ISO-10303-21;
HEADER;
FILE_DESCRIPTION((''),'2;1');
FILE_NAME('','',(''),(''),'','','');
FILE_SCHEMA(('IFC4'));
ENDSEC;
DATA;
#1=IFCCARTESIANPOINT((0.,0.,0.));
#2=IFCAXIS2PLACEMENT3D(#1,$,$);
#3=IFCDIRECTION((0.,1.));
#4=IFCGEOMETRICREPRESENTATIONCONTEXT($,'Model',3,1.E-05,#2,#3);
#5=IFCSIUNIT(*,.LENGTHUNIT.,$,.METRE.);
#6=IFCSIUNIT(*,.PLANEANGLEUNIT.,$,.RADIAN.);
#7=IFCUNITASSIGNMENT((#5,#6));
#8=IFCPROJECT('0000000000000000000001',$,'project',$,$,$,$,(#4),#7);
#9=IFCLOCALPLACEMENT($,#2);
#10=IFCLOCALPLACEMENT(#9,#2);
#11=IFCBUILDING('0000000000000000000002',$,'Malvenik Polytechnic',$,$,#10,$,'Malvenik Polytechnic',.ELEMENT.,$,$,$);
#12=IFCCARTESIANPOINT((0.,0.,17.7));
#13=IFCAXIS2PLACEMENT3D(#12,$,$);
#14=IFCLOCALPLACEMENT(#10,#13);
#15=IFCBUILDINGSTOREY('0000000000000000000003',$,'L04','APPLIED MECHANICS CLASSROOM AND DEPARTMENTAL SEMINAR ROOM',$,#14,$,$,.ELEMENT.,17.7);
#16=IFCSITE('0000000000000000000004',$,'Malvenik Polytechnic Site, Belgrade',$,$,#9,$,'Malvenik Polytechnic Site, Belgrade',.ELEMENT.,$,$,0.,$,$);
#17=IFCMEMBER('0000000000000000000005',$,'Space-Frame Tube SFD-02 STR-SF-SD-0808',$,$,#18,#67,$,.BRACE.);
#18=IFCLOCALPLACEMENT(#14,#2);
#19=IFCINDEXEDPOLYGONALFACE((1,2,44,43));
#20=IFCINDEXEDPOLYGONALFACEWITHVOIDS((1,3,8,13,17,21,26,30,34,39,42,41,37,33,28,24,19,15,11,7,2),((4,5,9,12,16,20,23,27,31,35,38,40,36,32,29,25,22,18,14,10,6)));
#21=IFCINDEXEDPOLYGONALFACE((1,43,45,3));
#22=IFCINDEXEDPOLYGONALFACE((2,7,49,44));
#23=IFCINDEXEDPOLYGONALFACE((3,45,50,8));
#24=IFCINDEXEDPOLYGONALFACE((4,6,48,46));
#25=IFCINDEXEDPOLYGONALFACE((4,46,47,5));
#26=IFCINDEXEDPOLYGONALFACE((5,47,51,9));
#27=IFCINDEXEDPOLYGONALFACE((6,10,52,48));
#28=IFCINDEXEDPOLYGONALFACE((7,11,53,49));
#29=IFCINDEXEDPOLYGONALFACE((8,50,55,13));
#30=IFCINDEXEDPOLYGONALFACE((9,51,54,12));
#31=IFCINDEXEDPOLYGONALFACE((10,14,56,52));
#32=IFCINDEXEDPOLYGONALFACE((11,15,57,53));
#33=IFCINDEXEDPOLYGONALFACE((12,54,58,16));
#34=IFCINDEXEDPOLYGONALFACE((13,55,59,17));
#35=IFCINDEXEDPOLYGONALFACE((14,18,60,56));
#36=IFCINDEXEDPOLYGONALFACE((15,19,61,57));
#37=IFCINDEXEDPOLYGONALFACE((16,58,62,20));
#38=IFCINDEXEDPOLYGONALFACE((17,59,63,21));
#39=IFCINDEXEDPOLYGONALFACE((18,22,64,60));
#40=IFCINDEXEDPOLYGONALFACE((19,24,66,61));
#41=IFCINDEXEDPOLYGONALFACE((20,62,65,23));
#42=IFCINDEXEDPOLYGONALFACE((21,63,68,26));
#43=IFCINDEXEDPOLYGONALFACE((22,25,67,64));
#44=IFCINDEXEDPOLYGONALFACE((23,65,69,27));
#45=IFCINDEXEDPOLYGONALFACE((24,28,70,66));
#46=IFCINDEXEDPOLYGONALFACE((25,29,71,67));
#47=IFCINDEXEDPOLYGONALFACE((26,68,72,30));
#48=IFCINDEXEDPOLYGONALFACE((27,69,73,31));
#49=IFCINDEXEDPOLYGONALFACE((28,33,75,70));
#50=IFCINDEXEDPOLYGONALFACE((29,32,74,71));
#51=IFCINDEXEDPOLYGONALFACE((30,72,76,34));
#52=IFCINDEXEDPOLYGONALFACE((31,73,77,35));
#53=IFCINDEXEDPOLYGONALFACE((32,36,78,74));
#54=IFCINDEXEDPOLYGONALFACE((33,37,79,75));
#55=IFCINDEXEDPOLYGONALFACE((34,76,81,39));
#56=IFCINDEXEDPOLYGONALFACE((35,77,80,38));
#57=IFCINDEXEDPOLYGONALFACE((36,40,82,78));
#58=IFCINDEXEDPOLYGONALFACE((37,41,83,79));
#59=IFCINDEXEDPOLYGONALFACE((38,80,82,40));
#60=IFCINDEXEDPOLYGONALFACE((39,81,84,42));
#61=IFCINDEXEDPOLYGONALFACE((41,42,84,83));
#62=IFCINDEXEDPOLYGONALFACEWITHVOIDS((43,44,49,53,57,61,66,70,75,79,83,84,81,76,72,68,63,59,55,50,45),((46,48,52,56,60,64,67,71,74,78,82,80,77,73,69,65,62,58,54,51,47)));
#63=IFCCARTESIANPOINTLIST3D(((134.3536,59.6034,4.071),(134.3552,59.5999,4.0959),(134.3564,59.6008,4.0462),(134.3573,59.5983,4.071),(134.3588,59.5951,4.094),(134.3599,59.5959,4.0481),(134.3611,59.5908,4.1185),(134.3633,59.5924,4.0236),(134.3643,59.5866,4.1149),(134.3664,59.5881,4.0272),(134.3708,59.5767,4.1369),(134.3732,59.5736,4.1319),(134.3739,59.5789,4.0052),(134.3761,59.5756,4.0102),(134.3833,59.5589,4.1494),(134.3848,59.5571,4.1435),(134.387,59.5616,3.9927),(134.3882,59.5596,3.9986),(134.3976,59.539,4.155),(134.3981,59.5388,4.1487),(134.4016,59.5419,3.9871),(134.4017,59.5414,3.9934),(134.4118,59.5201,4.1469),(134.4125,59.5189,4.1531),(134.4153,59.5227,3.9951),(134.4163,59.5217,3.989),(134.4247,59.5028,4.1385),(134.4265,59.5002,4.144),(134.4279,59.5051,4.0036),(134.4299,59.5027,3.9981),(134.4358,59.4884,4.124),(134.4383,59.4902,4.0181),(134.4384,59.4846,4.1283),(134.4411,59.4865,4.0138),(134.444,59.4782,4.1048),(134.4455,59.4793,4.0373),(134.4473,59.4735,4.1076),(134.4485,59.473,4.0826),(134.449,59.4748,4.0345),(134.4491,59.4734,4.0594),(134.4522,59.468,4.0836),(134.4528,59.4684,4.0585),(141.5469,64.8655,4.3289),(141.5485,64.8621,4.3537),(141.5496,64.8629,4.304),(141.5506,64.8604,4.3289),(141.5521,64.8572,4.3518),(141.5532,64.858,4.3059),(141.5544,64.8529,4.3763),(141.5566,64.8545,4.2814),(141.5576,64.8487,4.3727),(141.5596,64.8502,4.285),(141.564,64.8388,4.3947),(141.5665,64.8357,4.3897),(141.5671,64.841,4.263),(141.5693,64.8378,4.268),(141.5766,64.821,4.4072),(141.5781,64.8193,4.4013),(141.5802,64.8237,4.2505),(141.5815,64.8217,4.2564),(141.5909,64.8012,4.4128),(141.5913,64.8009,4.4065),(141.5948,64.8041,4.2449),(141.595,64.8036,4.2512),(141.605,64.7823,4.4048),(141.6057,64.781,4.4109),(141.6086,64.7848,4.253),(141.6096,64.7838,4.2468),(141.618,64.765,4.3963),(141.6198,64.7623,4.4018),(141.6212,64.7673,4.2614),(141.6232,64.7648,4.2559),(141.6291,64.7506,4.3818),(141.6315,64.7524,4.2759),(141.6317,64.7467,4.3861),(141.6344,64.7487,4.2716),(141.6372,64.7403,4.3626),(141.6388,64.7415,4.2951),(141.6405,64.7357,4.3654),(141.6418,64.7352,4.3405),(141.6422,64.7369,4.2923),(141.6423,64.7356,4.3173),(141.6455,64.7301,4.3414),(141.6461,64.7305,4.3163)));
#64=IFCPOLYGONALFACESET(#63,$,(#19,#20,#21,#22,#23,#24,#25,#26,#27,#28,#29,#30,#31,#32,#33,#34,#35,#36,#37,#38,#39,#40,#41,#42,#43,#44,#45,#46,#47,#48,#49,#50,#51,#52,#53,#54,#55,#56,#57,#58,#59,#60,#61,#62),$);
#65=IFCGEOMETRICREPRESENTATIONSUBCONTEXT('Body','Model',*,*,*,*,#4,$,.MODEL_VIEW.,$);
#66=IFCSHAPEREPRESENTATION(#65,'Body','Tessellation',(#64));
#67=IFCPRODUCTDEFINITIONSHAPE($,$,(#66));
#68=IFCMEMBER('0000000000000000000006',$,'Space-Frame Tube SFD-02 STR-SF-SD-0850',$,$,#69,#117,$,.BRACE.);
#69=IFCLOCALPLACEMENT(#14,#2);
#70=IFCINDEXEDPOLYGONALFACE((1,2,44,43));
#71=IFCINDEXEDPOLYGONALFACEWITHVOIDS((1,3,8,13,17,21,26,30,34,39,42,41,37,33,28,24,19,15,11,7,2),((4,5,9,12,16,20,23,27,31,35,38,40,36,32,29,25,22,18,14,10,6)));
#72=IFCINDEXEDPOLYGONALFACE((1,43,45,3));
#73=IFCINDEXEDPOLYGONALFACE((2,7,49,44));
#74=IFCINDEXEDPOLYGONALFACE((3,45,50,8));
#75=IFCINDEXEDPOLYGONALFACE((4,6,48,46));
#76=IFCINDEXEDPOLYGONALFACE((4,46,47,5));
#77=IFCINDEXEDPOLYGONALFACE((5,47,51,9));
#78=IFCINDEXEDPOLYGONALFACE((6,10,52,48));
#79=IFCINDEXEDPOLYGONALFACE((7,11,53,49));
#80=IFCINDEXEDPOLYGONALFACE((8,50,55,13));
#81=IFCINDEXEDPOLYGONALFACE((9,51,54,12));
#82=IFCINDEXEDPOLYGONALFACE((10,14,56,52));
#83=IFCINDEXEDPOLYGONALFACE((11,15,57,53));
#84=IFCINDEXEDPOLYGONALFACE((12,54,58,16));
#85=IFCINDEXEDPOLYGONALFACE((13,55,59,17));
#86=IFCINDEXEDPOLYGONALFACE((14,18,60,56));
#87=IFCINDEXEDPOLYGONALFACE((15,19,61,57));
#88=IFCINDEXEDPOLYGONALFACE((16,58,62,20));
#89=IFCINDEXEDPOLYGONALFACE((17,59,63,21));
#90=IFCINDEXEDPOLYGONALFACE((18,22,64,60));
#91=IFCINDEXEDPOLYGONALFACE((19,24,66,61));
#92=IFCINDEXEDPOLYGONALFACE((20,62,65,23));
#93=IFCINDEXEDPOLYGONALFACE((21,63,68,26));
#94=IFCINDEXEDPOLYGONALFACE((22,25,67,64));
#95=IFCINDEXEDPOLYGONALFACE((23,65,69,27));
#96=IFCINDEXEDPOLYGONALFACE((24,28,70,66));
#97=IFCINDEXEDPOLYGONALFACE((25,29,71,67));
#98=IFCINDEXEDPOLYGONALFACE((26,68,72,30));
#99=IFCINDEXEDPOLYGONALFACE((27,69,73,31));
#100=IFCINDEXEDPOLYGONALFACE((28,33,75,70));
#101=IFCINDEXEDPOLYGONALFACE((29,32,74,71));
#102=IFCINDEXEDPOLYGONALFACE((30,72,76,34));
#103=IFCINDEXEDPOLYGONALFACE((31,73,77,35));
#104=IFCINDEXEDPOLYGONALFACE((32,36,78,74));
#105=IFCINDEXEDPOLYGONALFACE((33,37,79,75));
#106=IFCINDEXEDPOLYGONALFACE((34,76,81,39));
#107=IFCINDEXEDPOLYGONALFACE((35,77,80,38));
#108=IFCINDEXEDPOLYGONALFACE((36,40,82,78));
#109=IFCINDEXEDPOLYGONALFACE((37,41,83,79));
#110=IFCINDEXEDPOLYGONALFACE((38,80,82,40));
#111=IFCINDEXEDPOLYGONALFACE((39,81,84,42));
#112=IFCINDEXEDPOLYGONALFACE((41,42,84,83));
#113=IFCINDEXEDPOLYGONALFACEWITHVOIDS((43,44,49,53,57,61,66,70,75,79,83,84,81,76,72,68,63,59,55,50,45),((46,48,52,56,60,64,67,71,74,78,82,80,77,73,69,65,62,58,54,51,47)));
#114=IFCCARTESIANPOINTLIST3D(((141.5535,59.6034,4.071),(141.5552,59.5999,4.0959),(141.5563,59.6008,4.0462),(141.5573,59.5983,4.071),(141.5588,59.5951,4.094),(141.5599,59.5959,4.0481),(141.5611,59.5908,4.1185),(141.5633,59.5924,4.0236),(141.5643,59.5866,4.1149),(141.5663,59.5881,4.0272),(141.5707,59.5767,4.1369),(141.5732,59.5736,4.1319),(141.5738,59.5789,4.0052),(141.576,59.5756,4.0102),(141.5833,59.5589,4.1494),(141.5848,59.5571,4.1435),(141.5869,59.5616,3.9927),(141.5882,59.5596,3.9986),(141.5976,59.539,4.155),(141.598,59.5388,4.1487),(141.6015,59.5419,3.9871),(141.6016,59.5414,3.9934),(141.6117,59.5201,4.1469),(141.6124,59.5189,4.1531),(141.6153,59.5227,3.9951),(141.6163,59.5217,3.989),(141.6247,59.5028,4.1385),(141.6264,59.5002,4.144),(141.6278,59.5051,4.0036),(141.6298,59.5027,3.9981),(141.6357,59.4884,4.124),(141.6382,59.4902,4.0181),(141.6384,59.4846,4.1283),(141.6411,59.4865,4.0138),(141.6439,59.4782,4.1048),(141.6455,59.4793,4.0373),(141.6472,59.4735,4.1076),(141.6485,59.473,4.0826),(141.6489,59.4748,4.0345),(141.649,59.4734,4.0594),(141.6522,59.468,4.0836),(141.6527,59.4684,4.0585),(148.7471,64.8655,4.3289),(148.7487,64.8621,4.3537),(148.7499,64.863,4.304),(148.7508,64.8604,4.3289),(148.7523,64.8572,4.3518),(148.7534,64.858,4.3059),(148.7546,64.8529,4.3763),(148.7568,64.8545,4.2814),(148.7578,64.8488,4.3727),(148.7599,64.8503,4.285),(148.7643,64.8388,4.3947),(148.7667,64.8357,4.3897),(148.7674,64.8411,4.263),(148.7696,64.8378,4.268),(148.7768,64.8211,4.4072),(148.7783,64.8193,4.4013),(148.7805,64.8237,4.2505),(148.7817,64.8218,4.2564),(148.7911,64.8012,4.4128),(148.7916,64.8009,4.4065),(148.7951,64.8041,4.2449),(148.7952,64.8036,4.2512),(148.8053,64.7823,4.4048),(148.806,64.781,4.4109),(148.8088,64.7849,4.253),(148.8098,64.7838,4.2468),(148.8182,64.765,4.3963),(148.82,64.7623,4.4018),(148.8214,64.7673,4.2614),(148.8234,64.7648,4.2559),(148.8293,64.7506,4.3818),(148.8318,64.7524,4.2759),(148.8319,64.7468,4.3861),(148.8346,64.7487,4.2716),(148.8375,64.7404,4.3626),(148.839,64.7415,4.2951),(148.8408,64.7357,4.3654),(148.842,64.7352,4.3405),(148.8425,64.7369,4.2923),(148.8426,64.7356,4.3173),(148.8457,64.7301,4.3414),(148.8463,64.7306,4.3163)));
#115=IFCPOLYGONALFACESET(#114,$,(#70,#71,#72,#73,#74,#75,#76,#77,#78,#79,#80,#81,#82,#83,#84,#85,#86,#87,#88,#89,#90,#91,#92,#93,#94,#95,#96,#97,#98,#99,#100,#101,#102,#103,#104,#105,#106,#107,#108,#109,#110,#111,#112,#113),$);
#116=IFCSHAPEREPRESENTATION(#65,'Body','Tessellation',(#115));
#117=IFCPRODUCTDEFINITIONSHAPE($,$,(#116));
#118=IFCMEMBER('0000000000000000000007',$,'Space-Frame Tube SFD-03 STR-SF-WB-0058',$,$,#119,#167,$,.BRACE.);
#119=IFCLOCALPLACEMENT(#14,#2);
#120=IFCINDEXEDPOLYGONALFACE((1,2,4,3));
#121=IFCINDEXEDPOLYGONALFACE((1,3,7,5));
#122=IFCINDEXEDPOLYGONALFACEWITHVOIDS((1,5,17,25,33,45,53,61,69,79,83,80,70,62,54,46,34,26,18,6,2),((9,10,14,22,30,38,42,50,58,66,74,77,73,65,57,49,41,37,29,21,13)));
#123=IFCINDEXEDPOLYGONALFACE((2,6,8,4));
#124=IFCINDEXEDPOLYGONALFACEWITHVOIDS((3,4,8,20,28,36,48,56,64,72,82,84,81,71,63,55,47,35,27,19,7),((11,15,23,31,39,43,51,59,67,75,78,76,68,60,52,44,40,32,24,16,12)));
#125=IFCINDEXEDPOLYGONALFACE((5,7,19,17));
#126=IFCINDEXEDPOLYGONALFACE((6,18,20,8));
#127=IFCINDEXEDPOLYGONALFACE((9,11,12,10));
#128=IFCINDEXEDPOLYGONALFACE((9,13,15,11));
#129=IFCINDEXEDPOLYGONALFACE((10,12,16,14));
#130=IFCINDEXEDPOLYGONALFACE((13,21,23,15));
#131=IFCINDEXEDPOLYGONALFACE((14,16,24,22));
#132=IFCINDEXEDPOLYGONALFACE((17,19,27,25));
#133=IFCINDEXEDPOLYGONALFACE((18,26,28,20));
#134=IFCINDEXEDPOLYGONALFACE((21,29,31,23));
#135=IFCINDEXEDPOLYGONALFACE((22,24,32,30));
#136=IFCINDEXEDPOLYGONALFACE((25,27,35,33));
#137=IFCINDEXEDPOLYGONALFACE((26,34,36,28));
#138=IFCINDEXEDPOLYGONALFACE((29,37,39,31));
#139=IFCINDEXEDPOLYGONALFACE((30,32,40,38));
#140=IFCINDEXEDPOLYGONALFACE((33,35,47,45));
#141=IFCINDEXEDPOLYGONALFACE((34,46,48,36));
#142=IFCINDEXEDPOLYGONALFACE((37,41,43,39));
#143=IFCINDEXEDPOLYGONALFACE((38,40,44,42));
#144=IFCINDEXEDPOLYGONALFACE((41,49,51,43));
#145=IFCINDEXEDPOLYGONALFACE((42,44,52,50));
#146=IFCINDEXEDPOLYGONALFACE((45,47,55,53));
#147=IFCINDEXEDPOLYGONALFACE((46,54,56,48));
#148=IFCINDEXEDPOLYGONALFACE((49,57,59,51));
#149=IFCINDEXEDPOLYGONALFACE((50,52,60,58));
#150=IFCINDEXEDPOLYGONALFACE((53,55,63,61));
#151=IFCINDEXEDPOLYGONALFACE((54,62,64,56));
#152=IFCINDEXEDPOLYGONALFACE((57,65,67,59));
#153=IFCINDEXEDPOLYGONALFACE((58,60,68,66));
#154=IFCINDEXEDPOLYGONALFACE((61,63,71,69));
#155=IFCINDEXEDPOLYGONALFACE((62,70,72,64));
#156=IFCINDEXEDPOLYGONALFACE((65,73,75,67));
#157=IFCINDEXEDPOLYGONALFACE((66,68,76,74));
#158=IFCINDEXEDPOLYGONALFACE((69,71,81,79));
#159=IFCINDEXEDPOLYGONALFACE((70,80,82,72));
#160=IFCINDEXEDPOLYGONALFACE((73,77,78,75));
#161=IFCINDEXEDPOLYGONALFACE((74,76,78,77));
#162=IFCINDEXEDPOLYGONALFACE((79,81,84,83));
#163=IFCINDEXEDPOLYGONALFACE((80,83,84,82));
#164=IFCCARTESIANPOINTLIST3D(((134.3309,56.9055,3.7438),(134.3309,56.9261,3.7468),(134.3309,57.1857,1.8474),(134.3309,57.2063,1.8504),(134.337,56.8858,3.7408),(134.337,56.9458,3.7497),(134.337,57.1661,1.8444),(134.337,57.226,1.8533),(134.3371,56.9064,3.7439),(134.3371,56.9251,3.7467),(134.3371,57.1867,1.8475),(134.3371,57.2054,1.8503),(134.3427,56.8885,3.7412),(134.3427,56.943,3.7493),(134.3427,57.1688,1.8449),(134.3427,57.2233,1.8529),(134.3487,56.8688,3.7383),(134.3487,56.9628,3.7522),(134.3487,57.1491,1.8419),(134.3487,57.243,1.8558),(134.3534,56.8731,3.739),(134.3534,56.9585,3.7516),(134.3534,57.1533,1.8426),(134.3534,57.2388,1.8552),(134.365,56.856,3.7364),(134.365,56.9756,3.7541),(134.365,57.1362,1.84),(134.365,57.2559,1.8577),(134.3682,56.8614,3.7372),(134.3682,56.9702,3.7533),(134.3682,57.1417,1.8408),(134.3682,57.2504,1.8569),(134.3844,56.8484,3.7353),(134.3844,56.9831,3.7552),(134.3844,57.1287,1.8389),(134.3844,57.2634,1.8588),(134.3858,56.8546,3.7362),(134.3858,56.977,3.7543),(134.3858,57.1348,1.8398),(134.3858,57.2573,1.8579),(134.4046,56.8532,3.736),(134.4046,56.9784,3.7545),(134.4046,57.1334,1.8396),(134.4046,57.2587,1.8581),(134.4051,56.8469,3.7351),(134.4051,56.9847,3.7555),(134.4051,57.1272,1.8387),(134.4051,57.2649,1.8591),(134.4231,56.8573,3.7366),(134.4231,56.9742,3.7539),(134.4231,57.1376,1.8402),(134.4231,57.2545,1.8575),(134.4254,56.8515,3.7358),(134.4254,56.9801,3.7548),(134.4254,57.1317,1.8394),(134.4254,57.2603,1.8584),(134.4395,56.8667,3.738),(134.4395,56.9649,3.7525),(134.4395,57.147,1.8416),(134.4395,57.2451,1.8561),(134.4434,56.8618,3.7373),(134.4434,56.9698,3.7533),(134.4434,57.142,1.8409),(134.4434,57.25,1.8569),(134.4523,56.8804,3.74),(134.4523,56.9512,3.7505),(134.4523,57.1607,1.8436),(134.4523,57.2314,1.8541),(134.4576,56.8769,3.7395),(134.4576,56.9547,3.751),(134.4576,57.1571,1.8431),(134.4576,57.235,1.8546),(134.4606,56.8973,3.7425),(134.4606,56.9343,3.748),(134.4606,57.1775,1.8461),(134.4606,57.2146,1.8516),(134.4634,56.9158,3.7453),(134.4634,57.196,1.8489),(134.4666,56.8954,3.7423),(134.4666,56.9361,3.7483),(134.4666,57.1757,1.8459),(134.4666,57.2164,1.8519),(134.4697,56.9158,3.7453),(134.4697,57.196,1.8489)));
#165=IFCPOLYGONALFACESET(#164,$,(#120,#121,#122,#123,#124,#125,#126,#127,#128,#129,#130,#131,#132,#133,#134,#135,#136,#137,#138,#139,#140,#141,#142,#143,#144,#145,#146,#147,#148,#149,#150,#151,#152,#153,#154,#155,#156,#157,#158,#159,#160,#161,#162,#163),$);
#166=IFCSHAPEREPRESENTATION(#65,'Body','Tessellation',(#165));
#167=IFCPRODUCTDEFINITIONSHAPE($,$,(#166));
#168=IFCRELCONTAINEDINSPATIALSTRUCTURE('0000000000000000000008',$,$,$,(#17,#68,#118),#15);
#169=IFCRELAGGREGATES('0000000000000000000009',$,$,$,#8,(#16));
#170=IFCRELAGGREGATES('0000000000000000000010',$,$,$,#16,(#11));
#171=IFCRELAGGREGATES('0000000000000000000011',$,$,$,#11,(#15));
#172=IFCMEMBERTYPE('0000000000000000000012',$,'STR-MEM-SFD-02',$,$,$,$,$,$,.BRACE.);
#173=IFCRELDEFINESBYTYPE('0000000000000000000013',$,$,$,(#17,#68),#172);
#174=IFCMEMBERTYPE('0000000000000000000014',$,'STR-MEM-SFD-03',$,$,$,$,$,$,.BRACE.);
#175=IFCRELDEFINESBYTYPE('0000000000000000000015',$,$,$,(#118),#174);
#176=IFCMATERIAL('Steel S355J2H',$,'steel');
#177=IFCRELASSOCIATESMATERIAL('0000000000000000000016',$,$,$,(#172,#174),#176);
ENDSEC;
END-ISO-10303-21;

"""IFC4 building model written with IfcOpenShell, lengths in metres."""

from ifc_helpers import new_model, si_unit, direction, frame, origin, origin_2d, place, context, subcontext, project, spatial, hollow_circle, extrude, material, material_profile, profile_set, type_object, element, save


model = new_model("IFC4")

# Units and contexts
model_context = context("Model", 3, precision=1e-05, world=origin(), true_north=direction((0.0, 1.0)))
body_context = subcontext(model_context, "Body", "Model", "MODEL_VIEW")
ifc_project = project(units=[si_unit("LENGTHUNIT", "METRE"), si_unit("PLANEANGLEUNIT", "RADIAN")], contexts=[model_context])

# Site, building, storey
site_placement = place(None, origin())
site = spatial("IfcSite", under=ifc_project, at=site_placement, Name="Malvenik Polytechnic Site, Belgrade", LongName="Malvenik Polytechnic Site, Belgrade", CompositionType="ELEMENT", RefElevation=0.0)
building_placement = place(site_placement, origin())
building = spatial("IfcBuilding", under=site, at=building_placement, Name="Malvenik Polytechnic", LongName="Malvenik Polytechnic", CompositionType="ELEMENT")
storey_placement = place(building_placement, frame((0.0, 0.0, 17.7)))
storey = spatial("IfcBuildingStorey", under=building, at=storey_placement, Name="L04", Description="APPLIED MECHANICS CLASSROOM AND DEPARTMENTAL SEMINAR ROOM", CompositionType="ELEMENT", Elevation=17.7)

# Members
ifc_material_1 = material(Name="Steel S355J2H", Category="steel")
ifc_material_profile_1 = material_profile(ifc_material_1, hollow_circle(Radius=0.0842, WallThickness=0.0063, at=origin_2d()), Name="CHS 168.3x6.3")
ifc_profile_set_1 = profile_set([ifc_material_profile_1], Name="Steel S355J2H")
member_type_1 = type_object("IfcMemberType", Name="STR-MEM-SFD-02", PredefinedType="BRACE", material=ifc_profile_set_1)
member_1_placement = place(storey_placement, frame((134.4033, 59.5354, 4.071), z_axis=(0.806758, 0.590173, 0.028915), x_axis=(-0.59042, 0.807096, 0.0)))
element("IfcMember", 1, at=member_1_placement, inside=storey, type_object=member_type_1, Name="Space-Frame Tube SFD-02 STR-SF-SD-0808", PredefinedType="BRACE", context=body_context, shape_type="SweptSolid", body=[
    extrude(hollow_circle(Radius=0.0842, WallThickness=0.0063, at=origin_2d()), origin(), (0.0, 0.0, 1.0), 8.9163),
])
member_2_placement = place(storey_placement, frame((141.6033, 59.5354, 4.071), z_axis=(0.806768, 0.59016, 0.028914), x_axis=(-0.590407, 0.807105, 0.0)))
element("IfcMember", 2, at=member_2_placement, inside=storey, type_object=member_type_1, Name="Space-Frame Tube SFD-02 STR-SF-SD-0850", PredefinedType="BRACE", context=body_context, shape_type="SweptSolid", body=[
    extrude(hollow_circle(Radius=0.0842, WallThickness=0.0063, at=origin_2d()), origin(), (0.0, 0.0, 1.0), 8.9165),
])
ifc_material_profile_2 = material_profile(ifc_material_1, hollow_circle(Radius=0.0698, WallThickness=0.0063, at=origin_2d()), Name="CHS 139.7x6.3")
ifc_profile_set_2 = profile_set([ifc_material_profile_2], Name="Steel S355J2H")
member_type_2 = type_object("IfcMemberType", Name="STR-MEM-SFD-03", PredefinedType="BRACE", material=ifc_profile_set_2)
for number, where, z_axis, x_axis, name in (
    (3, (134.3999, 57.196, 1.8489), (0.0, -0.146198, 0.989255), (1.0, 0.0, 0.0), "Space-Frame Tube SFD-03 STR-SF-WB-0058"),
):
    element("IfcMember", number, at=place(storey_placement, frame(where, z_axis=z_axis, x_axis=x_axis)), inside=storey, type_object=member_type_2, Name=name, PredefinedType="BRACE", context=body_context, shape_type="SweptSolid", body=[
        extrude(hollow_circle(Radius=0.0698, WallThickness=0.0063, at=origin_2d()), origin(), (0.0, 0.0, 1.0), 1.917),
    ])

save(model, "model.ifc")
